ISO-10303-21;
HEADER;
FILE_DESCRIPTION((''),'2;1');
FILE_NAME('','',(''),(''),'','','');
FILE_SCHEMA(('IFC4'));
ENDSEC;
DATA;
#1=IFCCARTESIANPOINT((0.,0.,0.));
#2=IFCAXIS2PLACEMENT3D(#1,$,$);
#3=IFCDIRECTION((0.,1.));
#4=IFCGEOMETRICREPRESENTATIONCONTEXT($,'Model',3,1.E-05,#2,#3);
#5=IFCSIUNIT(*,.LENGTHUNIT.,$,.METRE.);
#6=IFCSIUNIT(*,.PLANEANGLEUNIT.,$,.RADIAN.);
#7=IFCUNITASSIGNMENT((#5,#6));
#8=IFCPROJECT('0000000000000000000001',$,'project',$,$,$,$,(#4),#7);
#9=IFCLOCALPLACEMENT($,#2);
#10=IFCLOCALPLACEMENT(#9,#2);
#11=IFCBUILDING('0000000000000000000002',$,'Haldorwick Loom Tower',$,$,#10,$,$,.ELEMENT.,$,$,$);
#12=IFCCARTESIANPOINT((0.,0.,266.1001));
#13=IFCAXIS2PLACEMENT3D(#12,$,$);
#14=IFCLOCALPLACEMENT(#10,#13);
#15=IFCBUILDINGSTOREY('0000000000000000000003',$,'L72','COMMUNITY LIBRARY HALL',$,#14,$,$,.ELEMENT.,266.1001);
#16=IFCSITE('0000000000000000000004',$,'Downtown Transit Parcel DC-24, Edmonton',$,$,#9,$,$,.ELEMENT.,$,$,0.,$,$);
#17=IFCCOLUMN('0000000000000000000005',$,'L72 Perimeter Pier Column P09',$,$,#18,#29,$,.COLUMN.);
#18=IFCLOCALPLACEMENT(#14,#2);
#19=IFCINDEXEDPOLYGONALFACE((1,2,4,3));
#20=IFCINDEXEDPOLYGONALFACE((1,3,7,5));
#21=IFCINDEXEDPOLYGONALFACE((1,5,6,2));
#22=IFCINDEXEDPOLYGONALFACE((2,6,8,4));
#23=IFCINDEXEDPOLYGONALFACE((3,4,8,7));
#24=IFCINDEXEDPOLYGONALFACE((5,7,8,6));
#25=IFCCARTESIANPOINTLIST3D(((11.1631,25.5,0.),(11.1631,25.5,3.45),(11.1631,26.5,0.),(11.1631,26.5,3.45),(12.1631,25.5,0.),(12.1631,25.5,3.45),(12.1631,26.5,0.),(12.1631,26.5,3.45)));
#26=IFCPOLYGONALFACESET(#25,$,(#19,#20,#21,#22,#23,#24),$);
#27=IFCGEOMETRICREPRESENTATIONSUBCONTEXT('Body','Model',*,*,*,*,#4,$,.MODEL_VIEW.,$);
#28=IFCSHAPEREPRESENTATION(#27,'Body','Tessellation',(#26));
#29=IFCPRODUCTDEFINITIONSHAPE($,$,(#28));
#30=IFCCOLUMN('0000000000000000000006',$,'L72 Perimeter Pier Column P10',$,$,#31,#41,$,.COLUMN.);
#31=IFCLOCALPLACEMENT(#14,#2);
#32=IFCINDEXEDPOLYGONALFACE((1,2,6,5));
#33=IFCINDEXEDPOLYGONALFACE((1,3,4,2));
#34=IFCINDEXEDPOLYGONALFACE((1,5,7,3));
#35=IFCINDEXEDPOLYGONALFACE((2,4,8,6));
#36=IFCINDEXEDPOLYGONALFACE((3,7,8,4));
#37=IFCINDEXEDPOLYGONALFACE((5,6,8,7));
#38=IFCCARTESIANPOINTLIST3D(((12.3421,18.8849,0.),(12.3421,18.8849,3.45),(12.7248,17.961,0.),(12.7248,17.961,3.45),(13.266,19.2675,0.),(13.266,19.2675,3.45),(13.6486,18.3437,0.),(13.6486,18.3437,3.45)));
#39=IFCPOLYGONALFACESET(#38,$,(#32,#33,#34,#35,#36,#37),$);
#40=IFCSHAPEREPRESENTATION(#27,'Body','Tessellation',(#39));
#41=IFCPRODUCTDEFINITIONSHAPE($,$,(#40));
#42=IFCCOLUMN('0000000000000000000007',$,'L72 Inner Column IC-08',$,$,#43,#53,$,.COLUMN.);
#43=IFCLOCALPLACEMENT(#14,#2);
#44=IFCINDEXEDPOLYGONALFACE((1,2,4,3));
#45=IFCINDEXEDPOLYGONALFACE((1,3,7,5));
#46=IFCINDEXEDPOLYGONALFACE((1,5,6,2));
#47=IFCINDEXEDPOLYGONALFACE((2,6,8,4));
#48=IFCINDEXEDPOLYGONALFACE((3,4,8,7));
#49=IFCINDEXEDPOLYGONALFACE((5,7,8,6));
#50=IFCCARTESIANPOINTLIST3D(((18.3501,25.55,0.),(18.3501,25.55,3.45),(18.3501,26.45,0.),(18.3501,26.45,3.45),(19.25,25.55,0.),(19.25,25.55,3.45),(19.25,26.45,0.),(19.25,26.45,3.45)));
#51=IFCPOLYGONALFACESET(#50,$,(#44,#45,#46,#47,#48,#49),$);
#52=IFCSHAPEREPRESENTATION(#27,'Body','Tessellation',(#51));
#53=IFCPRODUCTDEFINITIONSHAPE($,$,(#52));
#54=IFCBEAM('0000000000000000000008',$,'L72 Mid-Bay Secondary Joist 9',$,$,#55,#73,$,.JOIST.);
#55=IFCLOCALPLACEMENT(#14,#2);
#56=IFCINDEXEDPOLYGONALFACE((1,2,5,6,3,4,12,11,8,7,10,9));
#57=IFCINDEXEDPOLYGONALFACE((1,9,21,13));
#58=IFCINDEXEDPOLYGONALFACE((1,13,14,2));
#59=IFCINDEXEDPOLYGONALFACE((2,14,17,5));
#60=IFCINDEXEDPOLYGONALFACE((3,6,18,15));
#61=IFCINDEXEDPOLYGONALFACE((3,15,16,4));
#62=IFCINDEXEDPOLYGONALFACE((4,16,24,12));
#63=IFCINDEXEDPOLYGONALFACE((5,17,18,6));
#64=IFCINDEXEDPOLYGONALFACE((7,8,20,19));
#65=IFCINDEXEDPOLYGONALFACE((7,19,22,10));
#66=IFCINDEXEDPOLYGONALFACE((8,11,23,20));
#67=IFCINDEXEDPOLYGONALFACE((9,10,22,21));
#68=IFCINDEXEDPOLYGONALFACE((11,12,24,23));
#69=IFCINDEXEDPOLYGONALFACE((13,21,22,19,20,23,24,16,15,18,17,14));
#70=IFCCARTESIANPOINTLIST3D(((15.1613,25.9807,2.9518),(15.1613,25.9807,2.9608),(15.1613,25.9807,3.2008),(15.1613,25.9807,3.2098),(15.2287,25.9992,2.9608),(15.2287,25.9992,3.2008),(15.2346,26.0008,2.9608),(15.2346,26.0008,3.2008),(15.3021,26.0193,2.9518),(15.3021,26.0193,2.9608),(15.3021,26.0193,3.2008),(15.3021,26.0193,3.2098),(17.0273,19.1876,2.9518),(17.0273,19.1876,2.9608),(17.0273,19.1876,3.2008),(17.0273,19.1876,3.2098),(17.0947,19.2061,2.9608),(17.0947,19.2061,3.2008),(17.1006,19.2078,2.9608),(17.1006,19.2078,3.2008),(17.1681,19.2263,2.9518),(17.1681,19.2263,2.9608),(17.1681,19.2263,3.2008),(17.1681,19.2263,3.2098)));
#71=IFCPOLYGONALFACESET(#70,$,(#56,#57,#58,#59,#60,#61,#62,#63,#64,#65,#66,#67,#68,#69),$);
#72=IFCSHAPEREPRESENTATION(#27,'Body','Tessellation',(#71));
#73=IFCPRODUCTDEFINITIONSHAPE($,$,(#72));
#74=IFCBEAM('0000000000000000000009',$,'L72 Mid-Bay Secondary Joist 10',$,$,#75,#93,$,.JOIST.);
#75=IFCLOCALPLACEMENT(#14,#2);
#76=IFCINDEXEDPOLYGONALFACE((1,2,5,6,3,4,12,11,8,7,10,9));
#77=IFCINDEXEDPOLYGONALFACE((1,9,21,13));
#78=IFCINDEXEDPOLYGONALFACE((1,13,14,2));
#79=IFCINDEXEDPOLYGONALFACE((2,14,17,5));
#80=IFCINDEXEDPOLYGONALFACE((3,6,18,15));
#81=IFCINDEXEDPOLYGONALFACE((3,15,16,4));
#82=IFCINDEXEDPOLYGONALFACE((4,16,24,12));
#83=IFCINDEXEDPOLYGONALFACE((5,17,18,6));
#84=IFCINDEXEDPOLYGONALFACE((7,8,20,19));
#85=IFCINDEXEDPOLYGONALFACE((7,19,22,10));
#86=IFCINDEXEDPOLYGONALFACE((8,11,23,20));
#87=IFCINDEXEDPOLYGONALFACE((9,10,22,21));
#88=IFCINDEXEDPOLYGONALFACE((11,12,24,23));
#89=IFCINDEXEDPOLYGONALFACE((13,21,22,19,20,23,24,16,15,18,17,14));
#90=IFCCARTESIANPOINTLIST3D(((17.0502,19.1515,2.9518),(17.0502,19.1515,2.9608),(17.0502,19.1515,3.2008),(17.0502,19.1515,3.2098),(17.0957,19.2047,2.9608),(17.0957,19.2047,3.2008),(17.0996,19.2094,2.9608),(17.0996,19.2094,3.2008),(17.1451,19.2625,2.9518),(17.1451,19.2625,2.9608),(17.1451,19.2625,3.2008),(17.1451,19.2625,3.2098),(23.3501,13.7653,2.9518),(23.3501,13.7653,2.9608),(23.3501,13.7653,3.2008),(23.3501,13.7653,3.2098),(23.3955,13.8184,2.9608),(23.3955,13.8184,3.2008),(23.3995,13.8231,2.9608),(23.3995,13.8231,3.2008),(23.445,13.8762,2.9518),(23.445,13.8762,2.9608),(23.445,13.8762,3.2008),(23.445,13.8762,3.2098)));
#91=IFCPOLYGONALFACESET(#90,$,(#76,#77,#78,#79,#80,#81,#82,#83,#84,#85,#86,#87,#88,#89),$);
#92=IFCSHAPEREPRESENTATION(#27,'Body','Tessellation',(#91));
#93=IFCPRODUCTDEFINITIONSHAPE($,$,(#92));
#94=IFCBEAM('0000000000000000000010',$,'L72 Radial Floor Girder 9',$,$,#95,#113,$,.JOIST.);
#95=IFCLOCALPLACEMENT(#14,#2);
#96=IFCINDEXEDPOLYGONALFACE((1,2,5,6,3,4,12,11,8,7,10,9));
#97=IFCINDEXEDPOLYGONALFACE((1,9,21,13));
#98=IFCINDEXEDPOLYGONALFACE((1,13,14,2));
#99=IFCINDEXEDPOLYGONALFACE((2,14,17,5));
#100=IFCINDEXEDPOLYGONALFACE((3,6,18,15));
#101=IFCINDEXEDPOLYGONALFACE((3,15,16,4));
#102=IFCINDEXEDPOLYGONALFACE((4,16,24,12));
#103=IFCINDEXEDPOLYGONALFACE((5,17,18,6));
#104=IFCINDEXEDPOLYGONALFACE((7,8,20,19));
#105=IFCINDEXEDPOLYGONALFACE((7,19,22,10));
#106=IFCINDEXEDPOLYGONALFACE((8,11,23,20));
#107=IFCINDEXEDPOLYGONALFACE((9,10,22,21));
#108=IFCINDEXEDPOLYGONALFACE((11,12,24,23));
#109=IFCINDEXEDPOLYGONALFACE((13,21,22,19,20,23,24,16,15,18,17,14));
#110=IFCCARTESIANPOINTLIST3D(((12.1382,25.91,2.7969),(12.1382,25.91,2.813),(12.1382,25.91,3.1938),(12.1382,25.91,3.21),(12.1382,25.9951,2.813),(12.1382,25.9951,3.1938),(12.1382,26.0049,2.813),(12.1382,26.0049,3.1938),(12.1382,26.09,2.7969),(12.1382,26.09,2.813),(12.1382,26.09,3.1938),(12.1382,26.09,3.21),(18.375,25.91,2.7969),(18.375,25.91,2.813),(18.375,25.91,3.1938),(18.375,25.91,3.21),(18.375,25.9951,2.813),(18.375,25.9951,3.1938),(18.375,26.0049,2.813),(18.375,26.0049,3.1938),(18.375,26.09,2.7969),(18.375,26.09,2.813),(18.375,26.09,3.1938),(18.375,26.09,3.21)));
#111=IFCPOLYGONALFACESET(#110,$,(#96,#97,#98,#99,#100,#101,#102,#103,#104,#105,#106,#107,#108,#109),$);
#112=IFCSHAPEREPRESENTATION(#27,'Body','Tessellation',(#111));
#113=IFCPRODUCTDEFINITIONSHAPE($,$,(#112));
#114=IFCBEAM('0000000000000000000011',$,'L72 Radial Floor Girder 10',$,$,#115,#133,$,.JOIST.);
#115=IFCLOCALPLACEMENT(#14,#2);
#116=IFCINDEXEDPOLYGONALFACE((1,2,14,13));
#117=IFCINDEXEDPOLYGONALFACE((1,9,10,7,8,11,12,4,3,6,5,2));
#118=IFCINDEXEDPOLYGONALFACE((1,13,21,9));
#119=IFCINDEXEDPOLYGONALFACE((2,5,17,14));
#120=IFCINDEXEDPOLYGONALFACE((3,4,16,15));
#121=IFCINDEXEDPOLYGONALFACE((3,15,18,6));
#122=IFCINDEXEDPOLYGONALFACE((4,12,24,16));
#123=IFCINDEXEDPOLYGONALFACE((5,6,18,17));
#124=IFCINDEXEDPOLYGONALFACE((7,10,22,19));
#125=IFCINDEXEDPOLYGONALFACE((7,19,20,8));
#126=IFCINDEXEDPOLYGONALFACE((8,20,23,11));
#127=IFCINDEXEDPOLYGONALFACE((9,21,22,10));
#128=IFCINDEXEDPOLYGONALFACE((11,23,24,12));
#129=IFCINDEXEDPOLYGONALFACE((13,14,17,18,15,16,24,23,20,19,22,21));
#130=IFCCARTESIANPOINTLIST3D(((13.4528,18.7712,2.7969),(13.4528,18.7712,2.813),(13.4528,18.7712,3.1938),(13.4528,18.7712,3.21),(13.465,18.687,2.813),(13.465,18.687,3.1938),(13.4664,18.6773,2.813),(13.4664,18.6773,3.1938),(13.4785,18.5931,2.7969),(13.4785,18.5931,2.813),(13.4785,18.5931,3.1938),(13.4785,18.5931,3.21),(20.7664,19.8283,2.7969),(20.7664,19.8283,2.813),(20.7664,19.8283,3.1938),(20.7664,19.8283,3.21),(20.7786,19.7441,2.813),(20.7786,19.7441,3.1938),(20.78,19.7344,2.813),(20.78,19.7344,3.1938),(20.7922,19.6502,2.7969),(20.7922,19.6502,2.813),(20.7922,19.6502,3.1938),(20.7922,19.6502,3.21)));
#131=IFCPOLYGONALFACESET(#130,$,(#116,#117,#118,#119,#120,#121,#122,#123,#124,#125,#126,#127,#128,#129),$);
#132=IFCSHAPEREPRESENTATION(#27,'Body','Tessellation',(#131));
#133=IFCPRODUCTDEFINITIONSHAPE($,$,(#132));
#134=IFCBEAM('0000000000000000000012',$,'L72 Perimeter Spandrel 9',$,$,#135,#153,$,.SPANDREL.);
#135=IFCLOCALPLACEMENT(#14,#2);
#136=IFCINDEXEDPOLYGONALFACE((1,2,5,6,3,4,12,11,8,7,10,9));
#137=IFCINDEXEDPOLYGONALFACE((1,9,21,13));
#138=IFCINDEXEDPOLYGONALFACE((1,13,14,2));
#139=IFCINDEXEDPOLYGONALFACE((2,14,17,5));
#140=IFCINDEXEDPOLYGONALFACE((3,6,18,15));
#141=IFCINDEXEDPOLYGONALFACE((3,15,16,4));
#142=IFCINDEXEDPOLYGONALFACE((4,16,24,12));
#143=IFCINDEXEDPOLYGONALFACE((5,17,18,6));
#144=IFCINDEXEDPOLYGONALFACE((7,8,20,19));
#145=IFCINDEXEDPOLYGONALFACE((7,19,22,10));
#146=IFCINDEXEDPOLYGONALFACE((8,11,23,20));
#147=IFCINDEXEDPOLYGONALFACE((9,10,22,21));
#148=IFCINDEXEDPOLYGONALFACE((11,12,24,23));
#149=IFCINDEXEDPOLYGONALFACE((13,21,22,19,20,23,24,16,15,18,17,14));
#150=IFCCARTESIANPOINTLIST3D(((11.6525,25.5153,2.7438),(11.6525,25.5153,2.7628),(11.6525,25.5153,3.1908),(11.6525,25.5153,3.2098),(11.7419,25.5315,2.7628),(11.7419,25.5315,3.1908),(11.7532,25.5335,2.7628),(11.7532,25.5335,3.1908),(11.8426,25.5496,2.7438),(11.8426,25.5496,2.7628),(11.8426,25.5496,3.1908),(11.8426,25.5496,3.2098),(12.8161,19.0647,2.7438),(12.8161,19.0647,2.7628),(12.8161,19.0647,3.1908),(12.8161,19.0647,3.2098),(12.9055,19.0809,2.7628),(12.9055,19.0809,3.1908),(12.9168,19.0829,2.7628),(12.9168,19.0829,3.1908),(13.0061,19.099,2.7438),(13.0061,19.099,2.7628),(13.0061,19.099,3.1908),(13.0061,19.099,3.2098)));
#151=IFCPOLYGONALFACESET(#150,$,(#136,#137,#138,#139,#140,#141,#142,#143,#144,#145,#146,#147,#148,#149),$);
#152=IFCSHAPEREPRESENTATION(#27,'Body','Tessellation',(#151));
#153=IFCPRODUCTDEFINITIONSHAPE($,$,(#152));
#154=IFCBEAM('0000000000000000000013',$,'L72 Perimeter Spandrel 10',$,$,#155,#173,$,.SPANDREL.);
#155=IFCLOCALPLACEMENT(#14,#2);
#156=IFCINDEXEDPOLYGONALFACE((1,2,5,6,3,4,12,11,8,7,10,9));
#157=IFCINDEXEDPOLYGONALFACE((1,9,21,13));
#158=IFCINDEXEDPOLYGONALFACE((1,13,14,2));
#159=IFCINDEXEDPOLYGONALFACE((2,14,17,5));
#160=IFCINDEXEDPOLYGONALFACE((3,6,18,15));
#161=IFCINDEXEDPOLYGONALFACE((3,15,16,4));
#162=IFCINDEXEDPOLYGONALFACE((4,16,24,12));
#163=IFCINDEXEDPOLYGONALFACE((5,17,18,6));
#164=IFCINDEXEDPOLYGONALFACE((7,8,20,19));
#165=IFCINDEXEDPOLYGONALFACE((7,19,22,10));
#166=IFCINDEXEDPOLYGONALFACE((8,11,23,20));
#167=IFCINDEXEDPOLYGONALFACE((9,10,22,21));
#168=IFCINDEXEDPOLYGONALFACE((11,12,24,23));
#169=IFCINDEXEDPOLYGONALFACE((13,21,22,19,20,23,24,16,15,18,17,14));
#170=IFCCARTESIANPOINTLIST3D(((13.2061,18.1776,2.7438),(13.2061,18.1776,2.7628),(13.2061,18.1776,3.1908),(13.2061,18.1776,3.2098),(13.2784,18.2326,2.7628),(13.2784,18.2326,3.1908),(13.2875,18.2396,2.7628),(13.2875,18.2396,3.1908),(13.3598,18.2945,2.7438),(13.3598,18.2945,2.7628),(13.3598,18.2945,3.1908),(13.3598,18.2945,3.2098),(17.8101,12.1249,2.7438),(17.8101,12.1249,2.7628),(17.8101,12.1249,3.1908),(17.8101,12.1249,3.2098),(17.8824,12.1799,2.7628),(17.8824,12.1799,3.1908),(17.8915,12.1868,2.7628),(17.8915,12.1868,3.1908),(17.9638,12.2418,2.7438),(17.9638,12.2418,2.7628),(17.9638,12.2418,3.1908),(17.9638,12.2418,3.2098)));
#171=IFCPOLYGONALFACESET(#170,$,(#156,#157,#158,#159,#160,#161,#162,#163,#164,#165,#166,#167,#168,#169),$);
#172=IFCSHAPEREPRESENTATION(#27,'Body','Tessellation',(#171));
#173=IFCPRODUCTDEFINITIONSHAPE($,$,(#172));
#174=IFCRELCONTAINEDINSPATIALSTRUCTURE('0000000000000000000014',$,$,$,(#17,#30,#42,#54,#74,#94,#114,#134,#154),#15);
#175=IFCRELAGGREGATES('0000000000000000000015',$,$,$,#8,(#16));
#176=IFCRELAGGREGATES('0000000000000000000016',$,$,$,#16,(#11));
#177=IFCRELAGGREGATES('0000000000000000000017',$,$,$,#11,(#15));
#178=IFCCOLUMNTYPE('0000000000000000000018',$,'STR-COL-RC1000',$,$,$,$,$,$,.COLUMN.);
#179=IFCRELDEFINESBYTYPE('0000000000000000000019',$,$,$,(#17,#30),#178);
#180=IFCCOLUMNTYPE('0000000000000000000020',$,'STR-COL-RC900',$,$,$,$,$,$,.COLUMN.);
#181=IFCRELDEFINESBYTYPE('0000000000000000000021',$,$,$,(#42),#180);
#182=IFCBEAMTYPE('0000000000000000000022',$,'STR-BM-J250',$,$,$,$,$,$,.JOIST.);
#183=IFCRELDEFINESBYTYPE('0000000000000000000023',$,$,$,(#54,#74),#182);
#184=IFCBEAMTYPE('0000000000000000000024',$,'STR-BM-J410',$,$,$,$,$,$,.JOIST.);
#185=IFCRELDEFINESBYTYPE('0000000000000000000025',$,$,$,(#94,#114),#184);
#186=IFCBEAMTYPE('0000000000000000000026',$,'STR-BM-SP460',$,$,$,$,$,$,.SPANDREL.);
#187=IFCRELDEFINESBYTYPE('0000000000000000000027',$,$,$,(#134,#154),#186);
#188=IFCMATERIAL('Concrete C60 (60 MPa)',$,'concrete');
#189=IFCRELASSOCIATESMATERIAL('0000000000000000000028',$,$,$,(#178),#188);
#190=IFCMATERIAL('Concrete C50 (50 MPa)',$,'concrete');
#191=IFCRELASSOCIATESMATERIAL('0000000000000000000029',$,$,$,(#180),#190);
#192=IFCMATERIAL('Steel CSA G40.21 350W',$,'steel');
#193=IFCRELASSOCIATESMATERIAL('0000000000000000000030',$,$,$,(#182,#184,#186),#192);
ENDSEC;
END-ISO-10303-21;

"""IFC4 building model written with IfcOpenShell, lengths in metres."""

from ifc_helpers import new_model, si_unit, direction, frame, origin, origin_2d, place, context, subcontext, project, spatial, rectangle, i_section, extrude, material, material_profile, profile_set, type_object, element, save


model = new_model("IFC4")

# Units and contexts
model_context = context("Model", 3, precision=1e-05, world=origin(), true_north=direction((0.0, 1.0)))
body_context = subcontext(model_context, "Body", "Model", "MODEL_VIEW")
ifc_project = project(units=[si_unit("LENGTHUNIT", "METRE"), si_unit("PLANEANGLEUNIT", "RADIAN")], contexts=[model_context])

# Site, building, storey
site_placement = place(None, origin())
site = spatial("IfcSite", under=ifc_project, at=site_placement, Name="Downtown Transit Parcel DC-24, Edmonton", CompositionType="ELEMENT", RefElevation=0.0)
building_placement = place(site_placement, origin())
building = spatial("IfcBuilding", under=site, at=building_placement, Name="Haldorwick Loom Tower", CompositionType="ELEMENT")
storey_placement = place(building_placement, frame((0.0, 0.0, 266.1001)))
storey = spatial("IfcBuildingStorey", under=building, at=storey_placement, Name="L72", Description="COMMUNITY LIBRARY HALL", CompositionType="ELEMENT", Elevation=266.1001)

# Columns
ifc_material_1 = material(Name="Concrete C60 (60 MPa)", Category="concrete")
ifc_material_profile_1 = material_profile(ifc_material_1, rectangle(XDim=1.0, YDim=1.0, at=origin_2d()), Name="RC1000X1000", Category="concrete")
ifc_profile_set_1 = profile_set([ifc_material_profile_1], Name="Concrete C60 (60 MPa)")
column_type_1 = type_object("IfcColumnType", Name="STR-COL-RC1000", PredefinedType="COLUMN", material=ifc_profile_set_1)
for number, where, z_axis, x_axis, name in (
    (1, (11.6631, 26.0, 0.0), (0.0, 0.0, 1.0), (-1.0, 0.0, 0.0), "L72 Perimeter Pier Column P09"),
    (2, (12.9954, 18.6143, 0.0), (0.0, 0.0, 1.0), (-0.92388, -0.382683, 0.0), "L72 Perimeter Pier Column P10"),
):
    element("IfcColumn", number, at=place(storey_placement, frame(where, z_axis=z_axis, x_axis=x_axis)), inside=storey, type_object=column_type_1, Name=name, PredefinedType="COLUMN", context=body_context, shape_type="SweptSolid", body=[
        extrude(rectangle(XDim=1.0, YDim=1.0, at=origin_2d()), origin(), (0.0, 0.0, 1.0), 3.45),
    ])
ifc_material_2 = material(Name="Concrete C50 (50 MPa)", Category="concrete")
ifc_material_profile_2 = material_profile(ifc_material_2, rectangle(XDim=0.8999, YDim=0.8999, at=origin_2d()), Name="RC900X900", Category="concrete")
ifc_profile_set_2 = profile_set([ifc_material_profile_2], Name="Concrete C50 (50 MPa)")
column_type_2 = type_object("IfcColumnType", Name="STR-COL-RC900", PredefinedType="COLUMN", material=ifc_profile_set_2)
column_placement = place(storey_placement, frame((18.8, 26.0, 0.0), z_axis=(0.0, 0.0, 1.0), x_axis=(1.0, 0.0, 0.0)))
element("IfcColumn", 3, at=column_placement, inside=storey, type_object=column_type_2, Name="L72 Inner Column IC-08", PredefinedType="COLUMN", context=body_context, shape_type="SweptSolid", body=[
    extrude(rectangle(XDim=0.8999, YDim=0.8999, at=origin_2d()), origin(), (0.0, 0.0, 1.0), 3.45),
])

# Beams
ifc_material_3 = material(Name="Steel CSA G40.21 350W", Category="steel")
ifc_material_profile_3 = material_profile(ifc_material_3, i_section(OverallWidth=0.146, OverallDepth=0.2581, WebThickness=0.0061, FlangeThickness=0.009, at=origin_2d()), Name="W250X33", Category="steel")
ifc_profile_set_3 = profile_set([ifc_material_profile_3], Name="Steel CSA G40.21 350W")
beam_type_1 = type_object("IfcBeamType", Name="STR-BM-J250", PredefinedType="JOIST", material=ifc_profile_set_3)
beam_1_placement = place(storey_placement, frame((15.2317, 26.0, 3.0808), z_axis=(0.264879, -0.964282, 0.0), x_axis=(0.964282, 0.264879, 0.0)))
element("IfcBeam", 4, at=beam_1_placement, inside=storey, type_object=beam_type_1, Name="L72 Mid-Bay Secondary Joist 9", PredefinedType="JOIST", context=body_context, shape_type="SweptSolid", body=[
    extrude(i_section(OverallWidth=0.146, OverallDepth=0.2581, WebThickness=0.0061, FlangeThickness=0.009, at=origin_2d()), origin(), (0.0, 0.0, 1.0), 7.0447),
])
beam_2_placement = place(storey_placement, frame((17.0977, 19.207, 3.0808), z_axis=(0.760067, -0.649845, 0.0), x_axis=(0.649845, 0.760067, 0.0)))
element("IfcBeam", 5, at=beam_2_placement, inside=storey, type_object=beam_type_1, Name="L72 Mid-Bay Secondary Joist 10", PredefinedType="JOIST", context=body_context, shape_type="SweptSolid", body=[
    extrude(i_section(OverallWidth=0.146, OverallDepth=0.2581, WebThickness=0.0061, FlangeThickness=0.009, at=origin_2d()), origin(), (0.0, 0.0, 1.0), 8.2886),
])
ifc_material_profile_4 = material_profile(ifc_material_3, i_section(OverallWidth=0.1799, OverallDepth=0.4131, WebThickness=0.0098, FlangeThickness=0.0161, at=origin_2d()), Name="W410X74", Category="steel")
ifc_profile_set_4 = profile_set([ifc_material_profile_4], Name="Steel CSA G40.21 350W")
beam_type_2 = type_object("IfcBeamType", Name="STR-BM-J410", PredefinedType="JOIST", material=ifc_profile_set_4)
beam_3_placement = place(storey_placement, frame((18.375, 26.0, 3.0034), z_axis=(-1.0, 0.0, 0.0), x_axis=(0.0, -1.0, 0.0)))
element("IfcBeam", 6, at=beam_3_placement, inside=storey, type_object=beam_type_2, Name="L72 Radial Floor Girder 9", PredefinedType="JOIST", context=body_context, shape_type="SweptSolid", body=[
    extrude(i_section(OverallWidth=0.1799, OverallDepth=0.4131, WebThickness=0.0098, FlangeThickness=0.0161, at=origin_2d()), origin(), (0.0, 0.0, 1.0), 6.2368),
])
beam_4_placement = place(storey_placement, frame((20.7793, 19.7393, 3.0034), z_axis=(-0.989715, -0.143054, 0.0), x_axis=(0.143054, -0.989715, 0.0)))
element("IfcBeam", 7, at=beam_4_placement, inside=storey, type_object=beam_type_2, Name="L72 Radial Floor Girder 10", PredefinedType="JOIST", context=body_context, shape_type="SweptSolid", body=[
    extrude(i_section(OverallWidth=0.1799, OverallDepth=0.4131, WebThickness=0.0098, FlangeThickness=0.0161, at=origin_2d()), origin(), (0.0, 0.0, 1.0), 7.3896),
])
ifc_material_profile_5 = material_profile(ifc_material_3, i_section(OverallWidth=0.1931, OverallDepth=0.4661, WebThickness=0.0115, FlangeThickness=0.019, at=origin_2d()), Name="W460X97", Category="steel")
ifc_profile_set_5 = profile_set([ifc_material_profile_5], Name="Steel CSA G40.21 350W")
beam_type_3 = type_object("IfcBeamType", Name="STR-BM-SP460", PredefinedType="SPANDREL", material=ifc_profile_set_5)
beam_5_placement = place(storey_placement, frame((11.7476, 25.5325, 2.9768), z_axis=(0.177515, -0.984118, 0.0), x_axis=(0.984118, 0.177515, 0.0)))
element("IfcBeam", 8, at=beam_5_placement, inside=storey, type_object=beam_type_3, Name="L72 Perimeter Spandrel 9", PredefinedType="SPANDREL", context=body_context, shape_type="SweptSolid", body=[
    extrude(i_section(OverallWidth=0.1931, OverallDepth=0.4661, WebThickness=0.0115, FlangeThickness=0.019, at=origin_2d()), origin(), (0.0, 0.0, 1.0), 6.5547),
])
beam_6_placement = place(storey_placement, frame((13.283, 18.2361, 2.9768), z_axis=(0.60541, -0.795913, 0.0), x_axis=(0.795913, 0.60541, 0.0)))
element("IfcBeam", 9, at=beam_6_placement, inside=storey, type_object=beam_type_3, Name="L72 Perimeter Spandrel 10", PredefinedType="SPANDREL", context=body_context, shape_type="SweptSolid", body=[
    extrude(i_section(OverallWidth=0.1931, OverallDepth=0.4661, WebThickness=0.0115, FlangeThickness=0.019, at=origin_2d()), origin(), (0.0, 0.0, 1.0), 7.6047),
])

save(model, "model.ifc")
